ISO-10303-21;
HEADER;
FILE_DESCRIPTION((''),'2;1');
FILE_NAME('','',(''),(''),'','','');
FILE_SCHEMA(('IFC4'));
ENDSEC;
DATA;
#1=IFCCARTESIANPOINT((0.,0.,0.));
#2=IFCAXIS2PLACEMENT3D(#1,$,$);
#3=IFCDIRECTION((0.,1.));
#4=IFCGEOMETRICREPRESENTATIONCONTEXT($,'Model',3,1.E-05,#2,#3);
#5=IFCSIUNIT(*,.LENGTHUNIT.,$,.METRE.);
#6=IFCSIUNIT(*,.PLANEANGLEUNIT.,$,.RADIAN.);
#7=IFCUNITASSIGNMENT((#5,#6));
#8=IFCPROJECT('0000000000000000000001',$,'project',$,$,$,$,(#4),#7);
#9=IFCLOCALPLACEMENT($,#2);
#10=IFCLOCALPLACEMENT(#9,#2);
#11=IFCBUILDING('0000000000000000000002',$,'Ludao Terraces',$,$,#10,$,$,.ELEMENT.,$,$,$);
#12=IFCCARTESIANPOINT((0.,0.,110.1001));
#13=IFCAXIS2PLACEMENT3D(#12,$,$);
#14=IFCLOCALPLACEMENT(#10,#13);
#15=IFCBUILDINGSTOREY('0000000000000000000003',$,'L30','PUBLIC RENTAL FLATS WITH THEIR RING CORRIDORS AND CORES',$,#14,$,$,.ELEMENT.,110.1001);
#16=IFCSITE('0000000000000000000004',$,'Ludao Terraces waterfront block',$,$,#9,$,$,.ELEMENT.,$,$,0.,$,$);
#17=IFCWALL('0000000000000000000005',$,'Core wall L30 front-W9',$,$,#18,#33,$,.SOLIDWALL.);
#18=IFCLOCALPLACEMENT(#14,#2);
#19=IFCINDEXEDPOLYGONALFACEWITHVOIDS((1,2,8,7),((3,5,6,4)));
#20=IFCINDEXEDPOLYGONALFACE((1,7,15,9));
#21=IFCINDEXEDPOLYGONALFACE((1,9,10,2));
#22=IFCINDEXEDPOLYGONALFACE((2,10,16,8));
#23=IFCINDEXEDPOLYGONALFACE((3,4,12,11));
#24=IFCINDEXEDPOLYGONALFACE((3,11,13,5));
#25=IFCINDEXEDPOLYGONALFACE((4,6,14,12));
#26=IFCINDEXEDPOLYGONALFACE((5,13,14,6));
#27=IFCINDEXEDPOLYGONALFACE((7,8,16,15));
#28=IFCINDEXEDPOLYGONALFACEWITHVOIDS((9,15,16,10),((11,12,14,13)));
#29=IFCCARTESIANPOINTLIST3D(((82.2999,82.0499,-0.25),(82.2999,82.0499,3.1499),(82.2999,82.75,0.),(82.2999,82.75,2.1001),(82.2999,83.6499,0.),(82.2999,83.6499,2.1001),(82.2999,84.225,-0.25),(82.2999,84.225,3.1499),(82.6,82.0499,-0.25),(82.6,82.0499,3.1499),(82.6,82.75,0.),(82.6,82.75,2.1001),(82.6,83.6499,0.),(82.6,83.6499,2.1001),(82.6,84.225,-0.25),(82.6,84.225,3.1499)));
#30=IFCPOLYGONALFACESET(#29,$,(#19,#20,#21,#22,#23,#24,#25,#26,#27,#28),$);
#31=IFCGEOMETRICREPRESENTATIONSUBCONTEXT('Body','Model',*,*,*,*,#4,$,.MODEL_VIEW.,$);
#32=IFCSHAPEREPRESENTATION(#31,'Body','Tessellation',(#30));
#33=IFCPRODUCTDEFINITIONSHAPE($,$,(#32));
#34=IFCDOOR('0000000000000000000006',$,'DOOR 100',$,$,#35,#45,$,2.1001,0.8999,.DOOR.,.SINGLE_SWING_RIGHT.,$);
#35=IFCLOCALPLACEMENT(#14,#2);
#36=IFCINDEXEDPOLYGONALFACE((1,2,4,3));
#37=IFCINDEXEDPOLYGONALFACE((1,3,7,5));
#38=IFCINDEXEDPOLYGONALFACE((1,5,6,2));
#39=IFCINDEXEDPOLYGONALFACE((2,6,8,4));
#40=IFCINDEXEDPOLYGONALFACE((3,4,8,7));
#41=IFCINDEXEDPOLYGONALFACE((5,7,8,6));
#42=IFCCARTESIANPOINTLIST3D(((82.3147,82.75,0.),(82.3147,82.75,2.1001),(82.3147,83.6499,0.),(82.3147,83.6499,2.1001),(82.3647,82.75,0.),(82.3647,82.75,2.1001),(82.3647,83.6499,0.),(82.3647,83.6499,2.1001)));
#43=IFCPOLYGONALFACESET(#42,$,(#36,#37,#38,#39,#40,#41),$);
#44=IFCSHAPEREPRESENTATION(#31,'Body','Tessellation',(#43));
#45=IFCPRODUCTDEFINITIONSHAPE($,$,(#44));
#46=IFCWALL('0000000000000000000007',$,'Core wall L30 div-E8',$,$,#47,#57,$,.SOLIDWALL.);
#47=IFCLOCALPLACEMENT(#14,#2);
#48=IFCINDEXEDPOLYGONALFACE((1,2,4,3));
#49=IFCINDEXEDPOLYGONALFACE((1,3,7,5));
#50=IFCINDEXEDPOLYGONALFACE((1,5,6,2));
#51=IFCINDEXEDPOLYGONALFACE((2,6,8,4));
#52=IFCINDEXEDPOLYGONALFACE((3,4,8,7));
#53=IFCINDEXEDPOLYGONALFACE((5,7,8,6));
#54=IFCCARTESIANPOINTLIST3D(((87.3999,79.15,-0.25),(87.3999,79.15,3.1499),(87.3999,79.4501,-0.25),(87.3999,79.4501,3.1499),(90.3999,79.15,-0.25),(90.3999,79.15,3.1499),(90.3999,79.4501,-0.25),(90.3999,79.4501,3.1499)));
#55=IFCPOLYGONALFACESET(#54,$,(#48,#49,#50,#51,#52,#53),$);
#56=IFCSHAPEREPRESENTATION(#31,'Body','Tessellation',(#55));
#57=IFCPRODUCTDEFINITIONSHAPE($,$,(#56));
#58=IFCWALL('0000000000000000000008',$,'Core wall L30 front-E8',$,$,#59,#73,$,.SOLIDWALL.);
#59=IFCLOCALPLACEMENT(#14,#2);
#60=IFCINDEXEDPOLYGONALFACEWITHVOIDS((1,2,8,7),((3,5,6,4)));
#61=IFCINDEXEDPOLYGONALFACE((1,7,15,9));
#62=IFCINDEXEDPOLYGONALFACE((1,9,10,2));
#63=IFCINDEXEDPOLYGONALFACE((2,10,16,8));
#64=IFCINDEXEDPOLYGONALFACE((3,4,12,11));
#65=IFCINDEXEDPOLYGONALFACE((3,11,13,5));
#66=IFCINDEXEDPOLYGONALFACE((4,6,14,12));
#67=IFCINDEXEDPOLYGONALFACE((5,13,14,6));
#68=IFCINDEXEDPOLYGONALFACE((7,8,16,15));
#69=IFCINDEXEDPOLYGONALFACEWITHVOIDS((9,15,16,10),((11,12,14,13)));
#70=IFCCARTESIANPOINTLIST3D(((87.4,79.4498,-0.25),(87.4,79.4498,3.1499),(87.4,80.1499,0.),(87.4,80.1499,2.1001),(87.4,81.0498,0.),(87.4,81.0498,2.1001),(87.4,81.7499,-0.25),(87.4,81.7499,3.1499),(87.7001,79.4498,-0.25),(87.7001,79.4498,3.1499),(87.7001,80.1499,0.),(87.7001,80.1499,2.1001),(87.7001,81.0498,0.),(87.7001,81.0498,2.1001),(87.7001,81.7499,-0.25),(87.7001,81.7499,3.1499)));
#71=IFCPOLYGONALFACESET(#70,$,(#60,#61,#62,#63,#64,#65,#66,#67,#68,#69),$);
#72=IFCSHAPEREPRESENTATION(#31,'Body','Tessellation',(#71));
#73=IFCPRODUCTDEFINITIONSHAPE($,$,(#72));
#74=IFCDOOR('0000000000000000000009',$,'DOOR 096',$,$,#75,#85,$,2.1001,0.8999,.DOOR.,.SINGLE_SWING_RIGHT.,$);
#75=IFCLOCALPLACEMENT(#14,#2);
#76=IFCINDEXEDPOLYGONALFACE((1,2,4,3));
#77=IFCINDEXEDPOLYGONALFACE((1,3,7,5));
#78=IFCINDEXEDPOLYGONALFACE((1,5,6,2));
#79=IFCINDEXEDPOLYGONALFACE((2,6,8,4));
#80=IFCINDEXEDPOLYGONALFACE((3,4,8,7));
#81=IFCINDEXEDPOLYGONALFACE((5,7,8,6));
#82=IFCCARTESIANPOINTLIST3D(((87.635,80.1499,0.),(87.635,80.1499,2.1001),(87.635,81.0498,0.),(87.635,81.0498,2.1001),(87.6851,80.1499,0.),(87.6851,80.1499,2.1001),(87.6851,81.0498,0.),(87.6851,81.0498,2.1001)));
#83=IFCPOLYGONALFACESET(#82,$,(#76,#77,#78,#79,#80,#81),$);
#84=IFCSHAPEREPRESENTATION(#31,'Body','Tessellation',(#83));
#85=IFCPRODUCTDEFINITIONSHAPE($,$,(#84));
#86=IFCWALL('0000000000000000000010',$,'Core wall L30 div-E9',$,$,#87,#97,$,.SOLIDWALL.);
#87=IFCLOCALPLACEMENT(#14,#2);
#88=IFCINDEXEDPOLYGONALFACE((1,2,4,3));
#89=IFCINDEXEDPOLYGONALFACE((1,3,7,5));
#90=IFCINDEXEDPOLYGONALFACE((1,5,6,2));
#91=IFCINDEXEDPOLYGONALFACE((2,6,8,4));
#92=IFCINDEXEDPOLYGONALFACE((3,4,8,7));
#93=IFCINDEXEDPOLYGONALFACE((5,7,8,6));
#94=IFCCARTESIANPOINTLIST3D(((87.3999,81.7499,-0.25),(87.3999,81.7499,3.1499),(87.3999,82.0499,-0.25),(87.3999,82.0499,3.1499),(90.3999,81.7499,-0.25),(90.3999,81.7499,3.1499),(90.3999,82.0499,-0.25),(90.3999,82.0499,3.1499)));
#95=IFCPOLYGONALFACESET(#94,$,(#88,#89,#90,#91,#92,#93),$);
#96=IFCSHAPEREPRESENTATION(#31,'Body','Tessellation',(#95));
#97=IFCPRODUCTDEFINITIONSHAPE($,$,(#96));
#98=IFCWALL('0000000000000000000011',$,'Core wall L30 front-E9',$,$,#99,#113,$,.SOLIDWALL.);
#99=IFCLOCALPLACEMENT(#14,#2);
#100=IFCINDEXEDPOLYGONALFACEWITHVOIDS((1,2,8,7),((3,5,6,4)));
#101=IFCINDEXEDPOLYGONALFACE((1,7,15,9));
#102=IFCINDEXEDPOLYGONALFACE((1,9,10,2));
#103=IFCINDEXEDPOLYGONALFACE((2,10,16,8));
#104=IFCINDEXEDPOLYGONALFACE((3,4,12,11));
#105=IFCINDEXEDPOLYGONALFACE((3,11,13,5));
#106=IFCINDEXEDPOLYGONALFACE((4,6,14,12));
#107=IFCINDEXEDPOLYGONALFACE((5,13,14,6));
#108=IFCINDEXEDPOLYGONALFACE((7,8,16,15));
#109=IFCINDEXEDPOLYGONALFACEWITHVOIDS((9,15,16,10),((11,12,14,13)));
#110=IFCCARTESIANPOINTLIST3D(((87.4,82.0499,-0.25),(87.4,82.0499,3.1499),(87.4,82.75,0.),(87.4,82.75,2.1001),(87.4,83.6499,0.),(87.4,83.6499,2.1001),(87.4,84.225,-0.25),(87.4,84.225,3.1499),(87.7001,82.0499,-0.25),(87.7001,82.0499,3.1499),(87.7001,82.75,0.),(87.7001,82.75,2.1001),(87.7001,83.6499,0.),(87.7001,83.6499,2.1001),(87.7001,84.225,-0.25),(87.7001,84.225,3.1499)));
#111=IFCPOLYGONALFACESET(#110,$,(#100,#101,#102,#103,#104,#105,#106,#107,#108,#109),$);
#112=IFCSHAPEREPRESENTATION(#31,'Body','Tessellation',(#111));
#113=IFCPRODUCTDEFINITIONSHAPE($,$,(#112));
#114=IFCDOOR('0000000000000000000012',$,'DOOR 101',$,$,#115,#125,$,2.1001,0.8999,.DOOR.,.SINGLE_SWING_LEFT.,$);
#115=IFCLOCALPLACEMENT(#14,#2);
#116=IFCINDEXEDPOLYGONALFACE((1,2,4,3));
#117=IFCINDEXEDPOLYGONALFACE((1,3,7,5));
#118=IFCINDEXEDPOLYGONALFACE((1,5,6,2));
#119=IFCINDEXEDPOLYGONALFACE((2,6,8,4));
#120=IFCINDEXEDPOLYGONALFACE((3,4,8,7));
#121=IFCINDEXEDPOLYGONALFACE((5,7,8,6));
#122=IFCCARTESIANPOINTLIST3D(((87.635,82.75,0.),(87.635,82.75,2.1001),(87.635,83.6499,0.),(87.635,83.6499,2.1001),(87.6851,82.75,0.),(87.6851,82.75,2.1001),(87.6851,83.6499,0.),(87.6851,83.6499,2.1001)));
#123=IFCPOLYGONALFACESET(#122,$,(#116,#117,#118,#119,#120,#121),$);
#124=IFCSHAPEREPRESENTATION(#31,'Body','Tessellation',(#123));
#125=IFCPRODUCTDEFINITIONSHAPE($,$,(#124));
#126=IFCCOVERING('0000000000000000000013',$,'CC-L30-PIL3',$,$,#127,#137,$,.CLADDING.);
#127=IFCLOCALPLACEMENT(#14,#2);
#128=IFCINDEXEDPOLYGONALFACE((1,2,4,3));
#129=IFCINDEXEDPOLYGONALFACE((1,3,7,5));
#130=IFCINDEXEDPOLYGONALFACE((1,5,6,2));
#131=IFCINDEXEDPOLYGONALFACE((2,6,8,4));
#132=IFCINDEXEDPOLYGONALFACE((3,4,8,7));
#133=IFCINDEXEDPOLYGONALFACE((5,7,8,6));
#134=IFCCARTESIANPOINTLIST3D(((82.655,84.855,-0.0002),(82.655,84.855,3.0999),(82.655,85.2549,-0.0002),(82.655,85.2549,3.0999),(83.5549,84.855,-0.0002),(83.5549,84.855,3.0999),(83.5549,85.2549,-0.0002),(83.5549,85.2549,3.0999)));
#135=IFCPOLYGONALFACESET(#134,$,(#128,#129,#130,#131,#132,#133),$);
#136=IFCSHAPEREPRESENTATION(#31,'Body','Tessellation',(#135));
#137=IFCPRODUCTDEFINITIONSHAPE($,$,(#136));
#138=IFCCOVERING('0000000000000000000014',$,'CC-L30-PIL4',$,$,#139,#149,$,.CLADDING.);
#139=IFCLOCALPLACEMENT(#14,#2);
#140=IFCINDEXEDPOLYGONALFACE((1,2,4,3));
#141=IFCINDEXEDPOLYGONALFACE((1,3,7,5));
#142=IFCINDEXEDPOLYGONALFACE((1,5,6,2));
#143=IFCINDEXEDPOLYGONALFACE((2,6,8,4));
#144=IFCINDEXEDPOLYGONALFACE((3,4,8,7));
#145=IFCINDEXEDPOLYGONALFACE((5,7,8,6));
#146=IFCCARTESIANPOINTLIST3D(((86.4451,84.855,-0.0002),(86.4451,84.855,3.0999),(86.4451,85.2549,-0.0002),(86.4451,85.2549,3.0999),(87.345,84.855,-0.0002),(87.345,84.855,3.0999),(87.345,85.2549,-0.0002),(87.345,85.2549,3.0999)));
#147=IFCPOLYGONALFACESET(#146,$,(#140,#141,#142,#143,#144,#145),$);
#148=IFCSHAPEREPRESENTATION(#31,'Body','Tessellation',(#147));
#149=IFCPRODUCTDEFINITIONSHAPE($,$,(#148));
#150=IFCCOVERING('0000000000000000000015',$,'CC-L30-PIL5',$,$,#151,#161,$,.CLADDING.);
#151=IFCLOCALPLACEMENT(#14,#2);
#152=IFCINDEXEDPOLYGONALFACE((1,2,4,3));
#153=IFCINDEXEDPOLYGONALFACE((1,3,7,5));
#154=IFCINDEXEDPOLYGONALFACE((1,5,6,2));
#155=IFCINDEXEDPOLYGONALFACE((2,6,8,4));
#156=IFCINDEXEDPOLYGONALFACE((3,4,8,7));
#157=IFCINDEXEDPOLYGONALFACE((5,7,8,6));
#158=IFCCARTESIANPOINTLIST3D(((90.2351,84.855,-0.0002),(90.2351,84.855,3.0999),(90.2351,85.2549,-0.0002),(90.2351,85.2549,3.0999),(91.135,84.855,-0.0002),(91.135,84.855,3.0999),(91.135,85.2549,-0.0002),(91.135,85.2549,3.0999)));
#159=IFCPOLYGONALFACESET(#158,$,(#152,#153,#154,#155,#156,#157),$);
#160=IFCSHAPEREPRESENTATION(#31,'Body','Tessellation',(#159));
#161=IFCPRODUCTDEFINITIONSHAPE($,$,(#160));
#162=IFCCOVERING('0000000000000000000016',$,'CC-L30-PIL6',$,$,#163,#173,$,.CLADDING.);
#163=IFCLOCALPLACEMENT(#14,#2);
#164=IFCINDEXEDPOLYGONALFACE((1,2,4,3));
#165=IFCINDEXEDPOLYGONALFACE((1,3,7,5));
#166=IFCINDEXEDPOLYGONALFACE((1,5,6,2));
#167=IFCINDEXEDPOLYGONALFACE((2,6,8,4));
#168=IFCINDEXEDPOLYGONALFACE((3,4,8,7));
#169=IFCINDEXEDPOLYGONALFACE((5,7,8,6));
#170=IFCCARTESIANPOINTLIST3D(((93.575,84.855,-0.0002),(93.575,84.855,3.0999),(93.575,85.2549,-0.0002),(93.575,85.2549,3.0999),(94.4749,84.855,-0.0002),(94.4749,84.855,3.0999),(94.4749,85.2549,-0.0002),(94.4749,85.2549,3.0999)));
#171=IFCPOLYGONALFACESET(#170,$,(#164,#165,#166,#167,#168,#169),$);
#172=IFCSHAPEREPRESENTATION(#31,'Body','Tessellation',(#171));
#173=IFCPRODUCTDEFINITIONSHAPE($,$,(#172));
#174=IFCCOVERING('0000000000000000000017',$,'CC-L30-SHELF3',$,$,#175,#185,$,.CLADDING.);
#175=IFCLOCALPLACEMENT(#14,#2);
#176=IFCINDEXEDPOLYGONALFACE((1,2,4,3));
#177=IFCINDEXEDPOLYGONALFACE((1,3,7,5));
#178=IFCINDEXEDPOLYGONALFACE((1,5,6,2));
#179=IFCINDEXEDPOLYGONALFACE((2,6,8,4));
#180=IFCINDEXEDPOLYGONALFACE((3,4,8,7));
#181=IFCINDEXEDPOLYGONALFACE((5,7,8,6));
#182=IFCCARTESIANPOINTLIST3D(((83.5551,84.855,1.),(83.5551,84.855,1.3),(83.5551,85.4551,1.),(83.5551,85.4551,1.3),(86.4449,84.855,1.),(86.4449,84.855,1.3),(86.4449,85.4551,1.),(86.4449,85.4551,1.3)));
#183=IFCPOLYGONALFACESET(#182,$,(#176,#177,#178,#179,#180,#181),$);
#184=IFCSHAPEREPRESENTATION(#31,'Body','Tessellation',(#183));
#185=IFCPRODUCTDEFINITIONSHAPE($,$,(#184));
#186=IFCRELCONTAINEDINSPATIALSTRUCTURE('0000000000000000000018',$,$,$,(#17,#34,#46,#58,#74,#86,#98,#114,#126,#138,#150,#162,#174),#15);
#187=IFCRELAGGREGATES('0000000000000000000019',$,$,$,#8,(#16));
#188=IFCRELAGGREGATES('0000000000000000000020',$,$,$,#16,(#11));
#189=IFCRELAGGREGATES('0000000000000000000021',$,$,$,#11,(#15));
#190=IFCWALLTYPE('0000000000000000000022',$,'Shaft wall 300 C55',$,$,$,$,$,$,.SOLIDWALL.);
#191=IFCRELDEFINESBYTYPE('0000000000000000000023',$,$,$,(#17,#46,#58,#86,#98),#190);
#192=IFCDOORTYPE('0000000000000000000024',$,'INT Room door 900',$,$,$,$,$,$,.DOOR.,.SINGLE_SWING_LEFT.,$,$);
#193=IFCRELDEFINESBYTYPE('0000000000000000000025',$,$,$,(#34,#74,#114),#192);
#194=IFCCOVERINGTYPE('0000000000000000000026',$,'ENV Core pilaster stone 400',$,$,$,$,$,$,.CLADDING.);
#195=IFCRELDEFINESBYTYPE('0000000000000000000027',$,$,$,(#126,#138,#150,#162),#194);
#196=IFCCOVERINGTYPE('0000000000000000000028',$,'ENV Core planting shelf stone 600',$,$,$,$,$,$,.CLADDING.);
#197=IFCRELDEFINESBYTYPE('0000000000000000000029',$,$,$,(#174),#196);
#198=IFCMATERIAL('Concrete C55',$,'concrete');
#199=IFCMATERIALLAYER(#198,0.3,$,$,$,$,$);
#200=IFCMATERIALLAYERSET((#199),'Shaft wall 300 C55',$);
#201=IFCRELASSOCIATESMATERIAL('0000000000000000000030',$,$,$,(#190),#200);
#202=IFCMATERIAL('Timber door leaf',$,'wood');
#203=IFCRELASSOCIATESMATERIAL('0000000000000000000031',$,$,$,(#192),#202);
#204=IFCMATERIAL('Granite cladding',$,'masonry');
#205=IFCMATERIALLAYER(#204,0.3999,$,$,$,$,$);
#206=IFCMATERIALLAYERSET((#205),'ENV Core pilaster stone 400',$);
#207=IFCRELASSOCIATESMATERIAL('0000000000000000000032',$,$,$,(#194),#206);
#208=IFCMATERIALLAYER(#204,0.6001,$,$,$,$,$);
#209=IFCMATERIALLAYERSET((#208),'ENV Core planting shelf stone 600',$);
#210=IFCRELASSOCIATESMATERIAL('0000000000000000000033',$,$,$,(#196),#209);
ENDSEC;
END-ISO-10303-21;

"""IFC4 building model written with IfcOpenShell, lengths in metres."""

from ifc_helpers import new_model, si_unit, direction, frame, frame_2d, origin, origin_2d, place, context, subcontext, project, spatial, rectangle, extrude, material, layer, layer_set, type_object, element, fill, save


model = new_model("IFC4")

# Units and contexts
model_context = context("Model", 3, precision=1e-05, world=origin(), true_north=direction((0.0, 1.0)))
body_context = subcontext(model_context, "Body", "Model", "MODEL_VIEW")
ifc_project = project(units=[si_unit("LENGTHUNIT", "METRE"), si_unit("PLANEANGLEUNIT", "RADIAN")], contexts=[model_context])

# Site, building, storey
site_placement = place(None, origin())
site = spatial("IfcSite", under=ifc_project, at=site_placement, Name="Ludao Terraces waterfront block", CompositionType="ELEMENT", RefElevation=0.0)
building_placement = place(site_placement, origin())
building = spatial("IfcBuilding", under=site, at=building_placement, Name="Ludao Terraces", CompositionType="ELEMENT")
storey_placement = place(building_placement, frame((0.0, 0.0, 110.1001)))
storey = spatial("IfcBuildingStorey", under=building, at=storey_placement, Name="L30", Description="PUBLIC RENTAL FLATS WITH THEIR RING CORRIDORS AND CORES", CompositionType="ELEMENT", Elevation=110.1001)

# Wall, opening, door
ifc_material_1 = material(Name="Concrete C55", Category="concrete")
ifc_layer_1 = layer(ifc_material_1, 0.3)
ifc_layer_set_1 = layer_set([ifc_layer_1], Name="Shaft wall 300 C55")
wall_type = type_object("IfcWallType", Name="Shaft wall 300 C55", PredefinedType="SOLIDWALL", material=ifc_layer_set_1)
wall_1_placement = place(storey_placement, frame((82.45, 82.05, -0.25), z_axis=(0.0, 0.0, 1.0), x_axis=(0.0, 1.0, 0.0)))
wall_1 = element("IfcWall", 1, at=wall_1_placement, inside=storey, type_object=wall_type, Name="Core wall L30 front-W9", PredefinedType="SOLIDWALL", context=body_context, shape_type="SweptSolid", body=[
    extrude(rectangle(XDim=2.175, YDim=0.3, at=frame_2d((1.0874, 0.0))), origin(), (0.0, 0.0, 1.0), 3.3999),
])
opening_1_placement = place(wall_1_placement, frame((0.7, 0.0, 0.25)))
opening_1 = element("IfcOpeningElement", 2, at=opening_1_placement, cuts=wall_1, PredefinedType="OPENING", context=body_context, shape_type="SweptSolid", body=[
    extrude(rectangle(XDim=0.8999, YDim=2.1001, at=frame_2d((0.45, 1.05))), frame((0.0, 0.1602, 0.0), z_axis=(0.0, -1.0, 0.0), x_axis=(1.0, 0.0, 0.0)), (0.0, 0.0, 1.0), 0.3201),
])
ifc_material_2 = material(Name="Timber door leaf", Category="wood")
door_type = type_object("IfcDoorType", Name="INT Room door 900", OperationType="SINGLE_SWING_LEFT", PredefinedType="DOOR", material=ifc_material_2)
door_1_placement = place(opening_1_placement, origin())
door_1 = element("IfcDoor", 3, at=door_1_placement, inside=storey, type_object=door_type, Name="DOOR 100", OperationType="SINGLE_SWING_RIGHT", OverallHeight=2.1001, OverallWidth=0.8999, PredefinedType="DOOR", context=body_context, shape_type="SweptSolid", body=[
    extrude(rectangle(XDim=0.8999, YDim=2.1001, at=frame_2d((0.45, 1.05))), frame((0.0, 0.1353, 0.0), z_axis=(0.0, -1.0, 0.0), x_axis=(1.0, 0.0, 0.0)), (0.0, 0.0, 1.0), 0.05),
])
fill(opening_1, door_1)

# Wall
wall_2_placement = place(storey_placement, frame((87.3999, 79.3, -0.25), z_axis=(0.0, 0.0, 1.0), x_axis=(1.0, 0.0, 0.0)))
element("IfcWall", 4, at=wall_2_placement, inside=storey, type_object=wall_type, Name="Core wall L30 div-E8", PredefinedType="SOLIDWALL", context=body_context, shape_type="SweptSolid", body=[
    extrude(rectangle(XDim=3.0, YDim=0.3, at=frame_2d((1.5, 0.0))), origin(), (0.0, 0.0, 1.0), 3.3999),
])

# Wall, opening, door
wall_3_placement = place(storey_placement, frame((87.55, 79.45, -0.25), z_axis=(0.0, 0.0, 1.0), x_axis=(0.0, 1.0, 0.0)))
wall_3 = element("IfcWall", 5, at=wall_3_placement, inside=storey, type_object=wall_type, Name="Core wall L30 front-E8", PredefinedType="SOLIDWALL", context=body_context, shape_type="SweptSolid", body=[
    extrude(rectangle(XDim=2.3, YDim=0.3, at=frame_2d((1.1499, 0.0))), origin(), (0.0, 0.0, 1.0), 3.3999),
])
opening_2_placement = place(wall_3_placement, frame((0.7, 0.0, 0.25)))
opening_2 = element("IfcOpeningElement", 6, at=opening_2_placement, cuts=wall_3, PredefinedType="OPENING", context=body_context, shape_type="SweptSolid", body=[
    extrude(rectangle(XDim=0.8999, YDim=2.1001, at=frame_2d((0.45, 1.05))), frame((0.0, 0.1602, 0.0), z_axis=(0.0, -1.0, 0.0), x_axis=(1.0, 0.0, 0.0)), (0.0, 0.0, 1.0), 0.3201),
])
door_2_placement = place(opening_2_placement, origin())
door_2 = element("IfcDoor", 7, at=door_2_placement, inside=storey, type_object=door_type, Name="DOOR 096", OperationType="SINGLE_SWING_RIGHT", OverallHeight=2.1001, OverallWidth=0.8999, PredefinedType="DOOR", context=body_context, shape_type="SweptSolid", body=[
    extrude(rectangle(XDim=0.8999, YDim=2.1001, at=frame_2d((0.45, 1.05))), frame((0.0, -0.085, 0.0), z_axis=(0.0, -1.0, 0.0), x_axis=(1.0, 0.0, 0.0)), (0.0, 0.0, 1.0), 0.05),
])
fill(opening_2, door_2)

# Wall
wall_4_placement = place(storey_placement, frame((87.3999, 81.8999, -0.25), z_axis=(0.0, 0.0, 1.0), x_axis=(1.0, 0.0, 0.0)))
element("IfcWall", 8, at=wall_4_placement, inside=storey, type_object=wall_type, Name="Core wall L30 div-E9", PredefinedType="SOLIDWALL", context=body_context, shape_type="SweptSolid", body=[
    extrude(rectangle(XDim=3.0, YDim=0.3, at=frame_2d((1.5, 0.0))), origin(), (0.0, 0.0, 1.0), 3.3999),
])

# Wall, opening, door
wall_5_placement = place(storey_placement, frame((87.55, 82.05, -0.25), z_axis=(0.0, 0.0, 1.0), x_axis=(0.0, 1.0, 0.0)))
wall_5 = element("IfcWall", 9, at=wall_5_placement, inside=storey, type_object=wall_type, Name="Core wall L30 front-E9", PredefinedType="SOLIDWALL", context=body_context, shape_type="SweptSolid", body=[
    extrude(rectangle(XDim=2.175, YDim=0.3, at=frame_2d((1.0874, 0.0))), origin(), (0.0, 0.0, 1.0), 3.3999),
])
opening_3_placement = place(wall_5_placement, frame((0.7, 0.0, 0.25)))
opening_3 = element("IfcOpeningElement", 10, at=opening_3_placement, cuts=wall_5, PredefinedType="OPENING", context=body_context, shape_type="SweptSolid", body=[
    extrude(rectangle(XDim=0.8999, YDim=2.1001, at=frame_2d((0.45, 1.05))), frame((0.0, 0.1602, 0.0), z_axis=(0.0, -1.0, 0.0), x_axis=(1.0, 0.0, 0.0)), (0.0, 0.0, 1.0), 0.3201),
])
door_3_placement = place(opening_3_placement, origin())
door_3 = element("IfcDoor", 11, at=door_3_placement, inside=storey, type_object=door_type, Name="DOOR 101", OperationType="SINGLE_SWING_LEFT", OverallHeight=2.1001, OverallWidth=0.8999, PredefinedType="DOOR", context=body_context, shape_type="SweptSolid", body=[
    extrude(rectangle(XDim=0.8999, YDim=2.1001, at=frame_2d((0.45, 1.05))), frame((0.0, -0.085, 0.0), z_axis=(0.0, -1.0, 0.0), x_axis=(1.0, 0.0, 0.0)), (0.0, 0.0, 1.0), 0.05),
])
fill(opening_3, door_3)

# Coverings
ifc_material_3 = material(Name="Granite cladding", Category="masonry")
ifc_layer_2 = layer(ifc_material_3, 0.3999)
ifc_layer_set_2 = layer_set([ifc_layer_2], Name="ENV Core pilaster stone 400")
covering_type_1 = type_object("IfcCoveringType", Name="ENV Core pilaster stone 400", PredefinedType="CLADDING", material=ifc_layer_set_2)
for number, where, z_axis, x_axis, name in (
    (12, (83.105, 85.0549, -0.0002), (0.0, 0.0, 1.0), (1.0, 0.0, 0.0), "CC-L30-PIL3"),
    (13, (86.895, 85.0549, -0.0002), (0.0, 0.0, 1.0), (1.0, 0.0, 0.0), "CC-L30-PIL4"),
    (14, (90.6851, 85.0549, -0.0002), (0.0, 0.0, 1.0), (1.0, 0.0, 0.0), "CC-L30-PIL5"),
    (15, (94.0249, 85.0549, -0.0002), (0.0, 0.0, 1.0), (1.0, 0.0, 0.0), "CC-L30-PIL6"),
):
    element("IfcCovering", number, at=place(storey_placement, frame(where, z_axis=z_axis, x_axis=x_axis)), inside=storey, type_object=covering_type_1, Name=name, PredefinedType="CLADDING", context=body_context, shape_type="SweptSolid", body=[
        extrude(rectangle(XDim=0.8999, YDim=0.3999, at=origin_2d()), origin(), (0.0, 0.0, 1.0), 3.1001),
    ])
ifc_layer_3 = layer(ifc_material_3, 0.6001)
ifc_layer_set_3 = layer_set([ifc_layer_3], Name="ENV Core planting shelf stone 600")
covering_type_2 = type_object("IfcCoveringType", Name="ENV Core planting shelf stone 600", PredefinedType="CLADDING", material=ifc_layer_set_3)
for number, where, z_axis, x_axis, name in (
    (16, (85.0, 85.155, 1.0), (0.0, 0.0, 1.0), (1.0, 0.0, 0.0), "CC-L30-SHELF3"),
):
    element("IfcCovering", number, at=place(storey_placement, frame(where, z_axis=z_axis, x_axis=x_axis)), inside=storey, type_object=covering_type_2, Name=name, PredefinedType="CLADDING", context=body_context, shape_type="SweptSolid", body=[
        extrude(rectangle(XDim=2.8899, YDim=0.6001, at=origin_2d()), origin(), (0.0, 0.0, 1.0), 0.3),
    ])

save(model, "model.ifc")
